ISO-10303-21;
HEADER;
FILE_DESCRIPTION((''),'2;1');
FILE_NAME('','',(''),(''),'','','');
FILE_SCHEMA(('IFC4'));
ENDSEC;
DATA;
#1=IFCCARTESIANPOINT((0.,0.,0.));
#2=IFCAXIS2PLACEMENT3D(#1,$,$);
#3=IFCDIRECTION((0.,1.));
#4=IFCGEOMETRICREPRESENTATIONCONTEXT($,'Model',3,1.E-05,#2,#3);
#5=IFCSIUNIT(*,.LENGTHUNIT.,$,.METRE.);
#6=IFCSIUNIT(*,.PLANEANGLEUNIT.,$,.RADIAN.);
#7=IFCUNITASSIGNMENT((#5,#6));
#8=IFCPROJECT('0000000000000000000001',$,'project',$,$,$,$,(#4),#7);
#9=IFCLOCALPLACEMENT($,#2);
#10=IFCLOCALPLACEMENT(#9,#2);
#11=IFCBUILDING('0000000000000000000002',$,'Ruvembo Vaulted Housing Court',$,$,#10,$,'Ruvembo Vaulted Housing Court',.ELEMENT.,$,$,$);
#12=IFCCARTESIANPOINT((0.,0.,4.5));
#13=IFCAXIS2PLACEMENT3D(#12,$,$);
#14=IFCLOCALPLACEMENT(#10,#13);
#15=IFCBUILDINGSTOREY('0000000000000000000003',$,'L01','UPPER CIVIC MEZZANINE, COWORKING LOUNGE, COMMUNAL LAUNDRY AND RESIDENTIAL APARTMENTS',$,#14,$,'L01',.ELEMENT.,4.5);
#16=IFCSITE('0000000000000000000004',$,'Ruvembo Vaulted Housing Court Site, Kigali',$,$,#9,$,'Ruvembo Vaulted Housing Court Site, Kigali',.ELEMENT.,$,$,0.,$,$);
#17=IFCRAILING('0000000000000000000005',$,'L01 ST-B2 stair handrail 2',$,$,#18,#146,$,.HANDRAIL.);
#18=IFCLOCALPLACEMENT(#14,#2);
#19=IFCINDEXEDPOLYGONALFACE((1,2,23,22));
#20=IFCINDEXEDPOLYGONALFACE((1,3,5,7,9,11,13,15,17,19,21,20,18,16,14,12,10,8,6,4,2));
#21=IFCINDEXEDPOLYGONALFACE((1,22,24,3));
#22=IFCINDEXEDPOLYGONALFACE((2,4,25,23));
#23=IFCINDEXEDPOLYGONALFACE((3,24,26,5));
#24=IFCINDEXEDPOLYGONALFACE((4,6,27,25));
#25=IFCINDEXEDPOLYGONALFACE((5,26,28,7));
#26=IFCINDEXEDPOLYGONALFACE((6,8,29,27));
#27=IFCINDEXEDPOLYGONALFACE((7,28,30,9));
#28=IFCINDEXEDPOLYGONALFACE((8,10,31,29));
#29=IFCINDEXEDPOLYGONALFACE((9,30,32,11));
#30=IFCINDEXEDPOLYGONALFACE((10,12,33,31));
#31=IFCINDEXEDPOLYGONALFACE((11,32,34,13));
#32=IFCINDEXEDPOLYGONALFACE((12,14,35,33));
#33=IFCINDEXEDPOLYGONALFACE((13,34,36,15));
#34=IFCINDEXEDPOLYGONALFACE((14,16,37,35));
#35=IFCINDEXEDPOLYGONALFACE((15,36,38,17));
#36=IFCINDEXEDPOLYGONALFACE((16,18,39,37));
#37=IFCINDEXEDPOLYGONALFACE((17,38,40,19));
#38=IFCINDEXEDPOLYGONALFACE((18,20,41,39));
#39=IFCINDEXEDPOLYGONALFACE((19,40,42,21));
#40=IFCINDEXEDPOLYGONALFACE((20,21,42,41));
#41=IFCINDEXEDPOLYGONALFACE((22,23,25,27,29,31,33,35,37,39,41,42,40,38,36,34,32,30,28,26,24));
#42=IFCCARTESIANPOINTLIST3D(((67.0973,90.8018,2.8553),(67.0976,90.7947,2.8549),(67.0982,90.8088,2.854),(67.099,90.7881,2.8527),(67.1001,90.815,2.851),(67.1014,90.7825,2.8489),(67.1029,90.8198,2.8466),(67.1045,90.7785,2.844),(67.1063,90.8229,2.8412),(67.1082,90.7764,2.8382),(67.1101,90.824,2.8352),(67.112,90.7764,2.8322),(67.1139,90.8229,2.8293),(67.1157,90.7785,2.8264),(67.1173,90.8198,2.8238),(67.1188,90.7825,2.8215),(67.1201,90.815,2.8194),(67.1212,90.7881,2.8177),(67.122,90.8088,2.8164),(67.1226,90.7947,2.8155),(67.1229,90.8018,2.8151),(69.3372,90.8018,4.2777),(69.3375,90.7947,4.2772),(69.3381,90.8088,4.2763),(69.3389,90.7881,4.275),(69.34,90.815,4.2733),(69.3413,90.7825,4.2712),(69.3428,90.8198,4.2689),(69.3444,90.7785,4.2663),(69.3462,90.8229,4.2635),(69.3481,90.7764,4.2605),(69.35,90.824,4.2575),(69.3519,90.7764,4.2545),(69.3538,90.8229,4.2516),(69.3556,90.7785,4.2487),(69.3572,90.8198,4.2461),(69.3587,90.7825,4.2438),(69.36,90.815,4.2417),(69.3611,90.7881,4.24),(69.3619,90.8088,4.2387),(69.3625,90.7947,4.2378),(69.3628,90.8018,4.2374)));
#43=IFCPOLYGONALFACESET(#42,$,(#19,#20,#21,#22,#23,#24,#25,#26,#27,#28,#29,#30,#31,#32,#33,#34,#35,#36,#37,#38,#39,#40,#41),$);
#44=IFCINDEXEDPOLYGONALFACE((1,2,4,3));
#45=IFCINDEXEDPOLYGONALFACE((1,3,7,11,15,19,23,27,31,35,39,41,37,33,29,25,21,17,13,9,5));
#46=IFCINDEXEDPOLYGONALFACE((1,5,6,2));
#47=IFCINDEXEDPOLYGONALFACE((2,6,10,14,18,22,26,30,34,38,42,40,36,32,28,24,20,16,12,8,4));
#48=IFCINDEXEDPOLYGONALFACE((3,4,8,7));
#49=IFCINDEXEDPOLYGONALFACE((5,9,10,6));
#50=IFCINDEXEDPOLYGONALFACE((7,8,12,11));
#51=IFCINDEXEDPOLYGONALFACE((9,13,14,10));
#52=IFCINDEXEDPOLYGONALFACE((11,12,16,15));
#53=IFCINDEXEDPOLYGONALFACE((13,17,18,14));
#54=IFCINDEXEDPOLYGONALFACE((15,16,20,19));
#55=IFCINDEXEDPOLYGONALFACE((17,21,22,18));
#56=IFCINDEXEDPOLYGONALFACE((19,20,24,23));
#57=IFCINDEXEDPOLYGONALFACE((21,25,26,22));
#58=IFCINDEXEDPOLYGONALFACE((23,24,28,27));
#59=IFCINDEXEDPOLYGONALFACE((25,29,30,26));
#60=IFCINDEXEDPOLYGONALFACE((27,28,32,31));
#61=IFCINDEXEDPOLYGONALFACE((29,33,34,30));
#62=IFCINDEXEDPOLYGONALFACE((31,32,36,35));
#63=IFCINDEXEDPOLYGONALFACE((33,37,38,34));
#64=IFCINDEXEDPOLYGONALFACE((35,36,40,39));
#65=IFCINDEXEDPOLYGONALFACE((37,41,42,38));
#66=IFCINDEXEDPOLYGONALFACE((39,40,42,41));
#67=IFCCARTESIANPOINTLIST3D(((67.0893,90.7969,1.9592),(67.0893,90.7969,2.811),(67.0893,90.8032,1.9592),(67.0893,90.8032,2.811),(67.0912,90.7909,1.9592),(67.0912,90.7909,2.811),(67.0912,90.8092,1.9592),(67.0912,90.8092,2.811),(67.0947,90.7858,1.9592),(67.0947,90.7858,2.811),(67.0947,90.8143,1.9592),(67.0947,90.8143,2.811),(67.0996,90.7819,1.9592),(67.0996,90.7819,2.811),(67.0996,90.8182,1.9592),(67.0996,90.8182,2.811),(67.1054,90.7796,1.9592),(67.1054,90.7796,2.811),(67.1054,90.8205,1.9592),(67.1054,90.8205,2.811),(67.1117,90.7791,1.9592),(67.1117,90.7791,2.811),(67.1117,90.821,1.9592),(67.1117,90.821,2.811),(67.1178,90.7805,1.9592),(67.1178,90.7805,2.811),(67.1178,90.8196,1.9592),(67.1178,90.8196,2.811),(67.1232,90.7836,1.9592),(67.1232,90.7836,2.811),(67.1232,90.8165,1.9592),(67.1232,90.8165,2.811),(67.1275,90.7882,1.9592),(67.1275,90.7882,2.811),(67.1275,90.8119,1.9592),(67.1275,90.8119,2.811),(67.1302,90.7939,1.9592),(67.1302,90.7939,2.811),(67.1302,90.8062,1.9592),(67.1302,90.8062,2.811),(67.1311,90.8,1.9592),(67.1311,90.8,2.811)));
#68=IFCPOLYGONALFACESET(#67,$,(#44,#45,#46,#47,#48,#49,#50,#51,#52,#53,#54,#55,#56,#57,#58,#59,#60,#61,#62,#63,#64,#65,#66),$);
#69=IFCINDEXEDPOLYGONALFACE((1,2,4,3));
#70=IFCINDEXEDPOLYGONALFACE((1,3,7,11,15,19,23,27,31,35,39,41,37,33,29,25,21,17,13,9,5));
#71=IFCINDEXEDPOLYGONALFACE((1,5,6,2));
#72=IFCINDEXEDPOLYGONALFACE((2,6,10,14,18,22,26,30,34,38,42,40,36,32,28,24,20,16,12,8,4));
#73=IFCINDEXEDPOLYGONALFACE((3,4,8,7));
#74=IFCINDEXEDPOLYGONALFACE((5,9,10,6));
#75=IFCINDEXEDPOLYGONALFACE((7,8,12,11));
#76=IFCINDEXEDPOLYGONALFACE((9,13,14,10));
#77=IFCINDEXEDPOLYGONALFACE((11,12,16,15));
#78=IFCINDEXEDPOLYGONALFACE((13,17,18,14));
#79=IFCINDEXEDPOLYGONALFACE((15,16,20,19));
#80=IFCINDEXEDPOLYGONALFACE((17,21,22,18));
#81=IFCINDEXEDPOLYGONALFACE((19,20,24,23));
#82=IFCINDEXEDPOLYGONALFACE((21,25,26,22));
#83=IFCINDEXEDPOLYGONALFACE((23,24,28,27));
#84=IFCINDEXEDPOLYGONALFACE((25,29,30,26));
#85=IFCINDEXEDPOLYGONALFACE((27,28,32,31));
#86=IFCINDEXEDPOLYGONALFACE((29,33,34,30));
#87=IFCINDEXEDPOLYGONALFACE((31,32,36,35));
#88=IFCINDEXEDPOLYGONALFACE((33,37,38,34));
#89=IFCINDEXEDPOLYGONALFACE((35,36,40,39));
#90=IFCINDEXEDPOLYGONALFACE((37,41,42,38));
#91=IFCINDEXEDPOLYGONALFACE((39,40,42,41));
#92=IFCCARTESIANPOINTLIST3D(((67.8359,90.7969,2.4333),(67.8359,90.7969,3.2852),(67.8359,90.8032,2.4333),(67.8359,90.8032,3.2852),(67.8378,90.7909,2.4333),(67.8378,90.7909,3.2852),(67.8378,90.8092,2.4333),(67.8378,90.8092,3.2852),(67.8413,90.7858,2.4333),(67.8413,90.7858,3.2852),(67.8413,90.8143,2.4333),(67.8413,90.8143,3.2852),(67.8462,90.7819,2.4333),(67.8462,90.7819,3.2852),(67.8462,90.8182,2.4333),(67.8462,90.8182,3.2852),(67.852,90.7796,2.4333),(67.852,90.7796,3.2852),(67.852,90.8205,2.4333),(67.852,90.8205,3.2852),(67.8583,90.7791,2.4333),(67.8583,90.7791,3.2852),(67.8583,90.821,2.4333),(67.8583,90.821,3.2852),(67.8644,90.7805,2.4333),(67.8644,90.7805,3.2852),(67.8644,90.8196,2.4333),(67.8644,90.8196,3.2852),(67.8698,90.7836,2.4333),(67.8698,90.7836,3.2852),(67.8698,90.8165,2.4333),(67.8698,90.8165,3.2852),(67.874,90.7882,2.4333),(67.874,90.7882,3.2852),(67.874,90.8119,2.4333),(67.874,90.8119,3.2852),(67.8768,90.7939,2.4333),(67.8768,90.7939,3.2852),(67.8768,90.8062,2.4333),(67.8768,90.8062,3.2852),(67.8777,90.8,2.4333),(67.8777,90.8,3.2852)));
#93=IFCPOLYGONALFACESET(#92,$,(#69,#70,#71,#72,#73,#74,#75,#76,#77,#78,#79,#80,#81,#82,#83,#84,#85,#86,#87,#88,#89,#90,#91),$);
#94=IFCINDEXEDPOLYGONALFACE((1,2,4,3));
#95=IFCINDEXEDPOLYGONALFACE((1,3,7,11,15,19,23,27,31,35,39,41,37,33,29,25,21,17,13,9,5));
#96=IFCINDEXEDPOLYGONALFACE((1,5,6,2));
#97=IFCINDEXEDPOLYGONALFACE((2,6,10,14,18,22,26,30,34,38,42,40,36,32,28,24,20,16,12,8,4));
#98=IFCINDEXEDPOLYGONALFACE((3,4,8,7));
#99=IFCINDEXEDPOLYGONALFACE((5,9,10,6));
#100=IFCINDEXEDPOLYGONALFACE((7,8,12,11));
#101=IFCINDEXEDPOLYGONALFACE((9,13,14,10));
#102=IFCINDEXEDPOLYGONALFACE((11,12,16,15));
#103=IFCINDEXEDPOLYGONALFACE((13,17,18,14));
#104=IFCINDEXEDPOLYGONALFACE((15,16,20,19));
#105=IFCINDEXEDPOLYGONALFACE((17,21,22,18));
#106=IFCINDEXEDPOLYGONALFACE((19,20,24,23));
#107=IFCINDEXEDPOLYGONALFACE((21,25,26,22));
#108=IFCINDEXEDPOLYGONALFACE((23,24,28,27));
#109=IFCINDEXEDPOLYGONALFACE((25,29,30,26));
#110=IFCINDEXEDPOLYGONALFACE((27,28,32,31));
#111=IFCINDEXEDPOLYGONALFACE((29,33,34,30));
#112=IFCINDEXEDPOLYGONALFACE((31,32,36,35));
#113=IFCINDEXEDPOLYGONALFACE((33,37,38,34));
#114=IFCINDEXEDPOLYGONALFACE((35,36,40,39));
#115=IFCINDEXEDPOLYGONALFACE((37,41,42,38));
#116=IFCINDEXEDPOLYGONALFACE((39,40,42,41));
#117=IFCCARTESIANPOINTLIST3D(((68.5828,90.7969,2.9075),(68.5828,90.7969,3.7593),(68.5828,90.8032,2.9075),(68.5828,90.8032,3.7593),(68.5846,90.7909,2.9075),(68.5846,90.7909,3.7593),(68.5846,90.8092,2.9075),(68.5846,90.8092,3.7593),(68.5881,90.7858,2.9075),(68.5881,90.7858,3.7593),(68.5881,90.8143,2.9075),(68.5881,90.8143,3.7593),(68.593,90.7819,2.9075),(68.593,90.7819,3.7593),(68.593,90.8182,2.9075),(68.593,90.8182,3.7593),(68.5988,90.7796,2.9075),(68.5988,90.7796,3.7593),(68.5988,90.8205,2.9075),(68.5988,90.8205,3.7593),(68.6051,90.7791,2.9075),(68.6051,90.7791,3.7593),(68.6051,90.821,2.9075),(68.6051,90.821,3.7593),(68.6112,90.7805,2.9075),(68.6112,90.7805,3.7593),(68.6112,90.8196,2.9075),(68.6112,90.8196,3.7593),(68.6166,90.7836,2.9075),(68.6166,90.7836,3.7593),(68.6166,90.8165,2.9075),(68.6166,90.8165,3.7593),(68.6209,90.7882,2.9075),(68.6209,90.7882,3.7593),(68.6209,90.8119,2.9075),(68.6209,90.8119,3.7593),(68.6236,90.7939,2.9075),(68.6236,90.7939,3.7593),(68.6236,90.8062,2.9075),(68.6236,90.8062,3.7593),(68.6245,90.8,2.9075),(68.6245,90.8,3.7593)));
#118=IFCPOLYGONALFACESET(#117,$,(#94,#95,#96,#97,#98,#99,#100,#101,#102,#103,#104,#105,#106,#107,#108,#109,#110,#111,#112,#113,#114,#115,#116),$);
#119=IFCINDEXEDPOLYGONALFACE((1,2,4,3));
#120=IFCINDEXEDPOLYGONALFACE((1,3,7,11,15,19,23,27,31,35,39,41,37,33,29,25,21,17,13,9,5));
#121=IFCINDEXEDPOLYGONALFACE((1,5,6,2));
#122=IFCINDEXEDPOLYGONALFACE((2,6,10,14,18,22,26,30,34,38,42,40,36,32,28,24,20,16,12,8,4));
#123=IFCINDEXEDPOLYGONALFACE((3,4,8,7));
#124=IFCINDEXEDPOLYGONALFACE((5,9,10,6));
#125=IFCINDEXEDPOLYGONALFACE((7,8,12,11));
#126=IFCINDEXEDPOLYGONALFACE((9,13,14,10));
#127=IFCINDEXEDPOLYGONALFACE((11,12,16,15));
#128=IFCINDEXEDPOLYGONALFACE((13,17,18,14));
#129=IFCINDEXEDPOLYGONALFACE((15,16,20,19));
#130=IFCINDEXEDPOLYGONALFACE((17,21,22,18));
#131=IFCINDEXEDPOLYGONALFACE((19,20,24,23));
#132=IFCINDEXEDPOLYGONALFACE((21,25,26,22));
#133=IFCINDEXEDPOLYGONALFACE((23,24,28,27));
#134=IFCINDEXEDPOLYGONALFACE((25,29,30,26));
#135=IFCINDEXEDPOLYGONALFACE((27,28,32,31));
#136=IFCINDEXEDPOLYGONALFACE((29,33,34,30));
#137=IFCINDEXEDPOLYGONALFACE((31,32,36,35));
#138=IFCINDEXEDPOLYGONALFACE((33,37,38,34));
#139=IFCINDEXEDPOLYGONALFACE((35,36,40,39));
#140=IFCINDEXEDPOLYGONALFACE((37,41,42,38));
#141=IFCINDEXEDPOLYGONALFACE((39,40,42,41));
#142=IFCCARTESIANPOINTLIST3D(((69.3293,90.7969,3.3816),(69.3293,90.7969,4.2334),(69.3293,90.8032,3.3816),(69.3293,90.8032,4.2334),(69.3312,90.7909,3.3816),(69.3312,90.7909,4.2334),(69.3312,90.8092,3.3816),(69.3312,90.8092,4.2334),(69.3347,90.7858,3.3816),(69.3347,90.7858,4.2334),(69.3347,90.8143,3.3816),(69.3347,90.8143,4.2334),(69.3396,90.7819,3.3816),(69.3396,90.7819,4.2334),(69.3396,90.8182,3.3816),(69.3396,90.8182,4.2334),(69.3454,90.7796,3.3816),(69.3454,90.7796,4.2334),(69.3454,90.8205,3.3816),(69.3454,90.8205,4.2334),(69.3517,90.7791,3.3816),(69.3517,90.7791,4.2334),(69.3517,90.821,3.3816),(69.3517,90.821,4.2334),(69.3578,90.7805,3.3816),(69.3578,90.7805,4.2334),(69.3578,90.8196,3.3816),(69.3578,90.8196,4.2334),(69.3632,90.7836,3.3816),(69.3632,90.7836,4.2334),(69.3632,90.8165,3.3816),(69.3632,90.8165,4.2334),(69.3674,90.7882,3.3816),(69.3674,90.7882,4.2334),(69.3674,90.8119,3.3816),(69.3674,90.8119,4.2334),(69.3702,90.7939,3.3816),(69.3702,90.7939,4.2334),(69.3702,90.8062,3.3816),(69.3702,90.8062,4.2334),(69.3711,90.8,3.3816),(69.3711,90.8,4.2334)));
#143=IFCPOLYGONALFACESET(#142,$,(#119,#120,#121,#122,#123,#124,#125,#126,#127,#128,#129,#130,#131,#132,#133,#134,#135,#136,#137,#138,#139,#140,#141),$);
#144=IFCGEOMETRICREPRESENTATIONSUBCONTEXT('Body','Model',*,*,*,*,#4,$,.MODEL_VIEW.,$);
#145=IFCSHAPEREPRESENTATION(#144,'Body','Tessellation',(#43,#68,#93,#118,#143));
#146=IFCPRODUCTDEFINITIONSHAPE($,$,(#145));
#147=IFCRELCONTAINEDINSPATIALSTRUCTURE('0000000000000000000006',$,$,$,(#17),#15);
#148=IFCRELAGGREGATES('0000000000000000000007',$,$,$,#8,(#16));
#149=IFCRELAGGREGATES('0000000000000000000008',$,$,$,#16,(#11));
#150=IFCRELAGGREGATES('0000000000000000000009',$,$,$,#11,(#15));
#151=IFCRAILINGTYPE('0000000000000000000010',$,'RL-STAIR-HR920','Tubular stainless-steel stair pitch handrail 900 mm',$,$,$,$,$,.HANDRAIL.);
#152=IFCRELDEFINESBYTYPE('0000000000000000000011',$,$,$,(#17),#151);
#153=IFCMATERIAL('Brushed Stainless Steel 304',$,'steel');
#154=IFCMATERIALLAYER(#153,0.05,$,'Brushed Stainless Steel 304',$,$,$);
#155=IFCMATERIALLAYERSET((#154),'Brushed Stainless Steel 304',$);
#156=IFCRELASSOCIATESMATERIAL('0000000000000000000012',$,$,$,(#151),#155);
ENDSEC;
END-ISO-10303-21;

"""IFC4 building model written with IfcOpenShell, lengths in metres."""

from ifc_helpers import new_model, si_unit, direction, frame, origin, origin_2d, place, context, subcontext, project, spatial, circle, extrude, material, layer, layer_set, type_object, element, save


model = new_model("IFC4")

# Units and contexts
model_context = context("Model", 3, precision=1e-05, world=origin(), true_north=direction((0.0, 1.0)))
body_context = subcontext(model_context, "Body", "Model", "MODEL_VIEW")
ifc_project = project(units=[si_unit("LENGTHUNIT", "METRE"), si_unit("PLANEANGLEUNIT", "RADIAN")], contexts=[model_context])

# Site, building, storey
site_placement = place(None, origin())
site = spatial("IfcSite", under=ifc_project, at=site_placement, Name="Ruvembo Vaulted Housing Court Site, Kigali", LongName="Ruvembo Vaulted Housing Court Site, Kigali", CompositionType="ELEMENT", RefElevation=0.0)
building_placement = place(site_placement, origin())
building = spatial("IfcBuilding", under=site, at=building_placement, Name="Ruvembo Vaulted Housing Court", LongName="Ruvembo Vaulted Housing Court", CompositionType="ELEMENT")
storey_placement = place(building_placement, frame((0.0, 0.0, 4.5)))
storey = spatial("IfcBuildingStorey", under=building, at=storey_placement, Name="L01", Description="UPPER CIVIC MEZZANINE, COWORKING LOUNGE, COMMUNAL LAUNDRY AND RESIDENTIAL APARTMENTS", LongName="L01", CompositionType="ELEMENT", Elevation=4.5)

# Shared definitions
ifc_material_1 = material(Name="Brushed Stainless Steel 304", Category="steel")

# Railing
ifc_layer_1 = layer(ifc_material_1, 0.05, Name="Brushed Stainless Steel 304")
ifc_layer_set_1 = layer_set([ifc_layer_1], Name="Brushed Stainless Steel 304")
railing_type_1 = type_object("IfcRailingType", Name="RL-STAIR-HR920", Description="Tubular stainless-steel stair pitch handrail 900 mm", PredefinedType="HANDRAIL", material=ifc_layer_set_1)
railing_1_placement = place(storey_placement, frame((67.1101, 90.8, 1.9592)))
element("IfcRailing", 1, at=railing_1_placement, inside=storey, type_object=railing_type_1, Name="L01 ST-B2 stair handrail 2", PredefinedType="HANDRAIL", context=body_context, shape_type="SweptSolid", body=[
    extrude(circle(Radius=0.0239, at=origin_2d()), frame((0.0, 0.0, 0.876), z_axis=(0.844188, 0.0, 0.536048), x_axis=(0.0, 1.0, 0.0)), (0.0, 0.0, 1.0), 2.6533),
    extrude(circle(Radius=0.021, at=origin_2d()), origin(), (0.0, 0.0, 1.0), 0.8518),
    extrude(circle(Radius=0.021, at=origin_2d()), frame((0.7466, 0.0, 0.4741)), (0.0, 0.0, 1.0), 0.8518),
    extrude(circle(Radius=0.021, at=origin_2d()), frame((1.4934, 0.0, 0.9482)), (0.0, 0.0, 1.0), 0.8518),
    extrude(circle(Radius=0.021, at=origin_2d()), frame((2.24, 0.0, 1.4224)), (0.0, 0.0, 1.0), 0.8518),
])

save(model, "model.ifc")
